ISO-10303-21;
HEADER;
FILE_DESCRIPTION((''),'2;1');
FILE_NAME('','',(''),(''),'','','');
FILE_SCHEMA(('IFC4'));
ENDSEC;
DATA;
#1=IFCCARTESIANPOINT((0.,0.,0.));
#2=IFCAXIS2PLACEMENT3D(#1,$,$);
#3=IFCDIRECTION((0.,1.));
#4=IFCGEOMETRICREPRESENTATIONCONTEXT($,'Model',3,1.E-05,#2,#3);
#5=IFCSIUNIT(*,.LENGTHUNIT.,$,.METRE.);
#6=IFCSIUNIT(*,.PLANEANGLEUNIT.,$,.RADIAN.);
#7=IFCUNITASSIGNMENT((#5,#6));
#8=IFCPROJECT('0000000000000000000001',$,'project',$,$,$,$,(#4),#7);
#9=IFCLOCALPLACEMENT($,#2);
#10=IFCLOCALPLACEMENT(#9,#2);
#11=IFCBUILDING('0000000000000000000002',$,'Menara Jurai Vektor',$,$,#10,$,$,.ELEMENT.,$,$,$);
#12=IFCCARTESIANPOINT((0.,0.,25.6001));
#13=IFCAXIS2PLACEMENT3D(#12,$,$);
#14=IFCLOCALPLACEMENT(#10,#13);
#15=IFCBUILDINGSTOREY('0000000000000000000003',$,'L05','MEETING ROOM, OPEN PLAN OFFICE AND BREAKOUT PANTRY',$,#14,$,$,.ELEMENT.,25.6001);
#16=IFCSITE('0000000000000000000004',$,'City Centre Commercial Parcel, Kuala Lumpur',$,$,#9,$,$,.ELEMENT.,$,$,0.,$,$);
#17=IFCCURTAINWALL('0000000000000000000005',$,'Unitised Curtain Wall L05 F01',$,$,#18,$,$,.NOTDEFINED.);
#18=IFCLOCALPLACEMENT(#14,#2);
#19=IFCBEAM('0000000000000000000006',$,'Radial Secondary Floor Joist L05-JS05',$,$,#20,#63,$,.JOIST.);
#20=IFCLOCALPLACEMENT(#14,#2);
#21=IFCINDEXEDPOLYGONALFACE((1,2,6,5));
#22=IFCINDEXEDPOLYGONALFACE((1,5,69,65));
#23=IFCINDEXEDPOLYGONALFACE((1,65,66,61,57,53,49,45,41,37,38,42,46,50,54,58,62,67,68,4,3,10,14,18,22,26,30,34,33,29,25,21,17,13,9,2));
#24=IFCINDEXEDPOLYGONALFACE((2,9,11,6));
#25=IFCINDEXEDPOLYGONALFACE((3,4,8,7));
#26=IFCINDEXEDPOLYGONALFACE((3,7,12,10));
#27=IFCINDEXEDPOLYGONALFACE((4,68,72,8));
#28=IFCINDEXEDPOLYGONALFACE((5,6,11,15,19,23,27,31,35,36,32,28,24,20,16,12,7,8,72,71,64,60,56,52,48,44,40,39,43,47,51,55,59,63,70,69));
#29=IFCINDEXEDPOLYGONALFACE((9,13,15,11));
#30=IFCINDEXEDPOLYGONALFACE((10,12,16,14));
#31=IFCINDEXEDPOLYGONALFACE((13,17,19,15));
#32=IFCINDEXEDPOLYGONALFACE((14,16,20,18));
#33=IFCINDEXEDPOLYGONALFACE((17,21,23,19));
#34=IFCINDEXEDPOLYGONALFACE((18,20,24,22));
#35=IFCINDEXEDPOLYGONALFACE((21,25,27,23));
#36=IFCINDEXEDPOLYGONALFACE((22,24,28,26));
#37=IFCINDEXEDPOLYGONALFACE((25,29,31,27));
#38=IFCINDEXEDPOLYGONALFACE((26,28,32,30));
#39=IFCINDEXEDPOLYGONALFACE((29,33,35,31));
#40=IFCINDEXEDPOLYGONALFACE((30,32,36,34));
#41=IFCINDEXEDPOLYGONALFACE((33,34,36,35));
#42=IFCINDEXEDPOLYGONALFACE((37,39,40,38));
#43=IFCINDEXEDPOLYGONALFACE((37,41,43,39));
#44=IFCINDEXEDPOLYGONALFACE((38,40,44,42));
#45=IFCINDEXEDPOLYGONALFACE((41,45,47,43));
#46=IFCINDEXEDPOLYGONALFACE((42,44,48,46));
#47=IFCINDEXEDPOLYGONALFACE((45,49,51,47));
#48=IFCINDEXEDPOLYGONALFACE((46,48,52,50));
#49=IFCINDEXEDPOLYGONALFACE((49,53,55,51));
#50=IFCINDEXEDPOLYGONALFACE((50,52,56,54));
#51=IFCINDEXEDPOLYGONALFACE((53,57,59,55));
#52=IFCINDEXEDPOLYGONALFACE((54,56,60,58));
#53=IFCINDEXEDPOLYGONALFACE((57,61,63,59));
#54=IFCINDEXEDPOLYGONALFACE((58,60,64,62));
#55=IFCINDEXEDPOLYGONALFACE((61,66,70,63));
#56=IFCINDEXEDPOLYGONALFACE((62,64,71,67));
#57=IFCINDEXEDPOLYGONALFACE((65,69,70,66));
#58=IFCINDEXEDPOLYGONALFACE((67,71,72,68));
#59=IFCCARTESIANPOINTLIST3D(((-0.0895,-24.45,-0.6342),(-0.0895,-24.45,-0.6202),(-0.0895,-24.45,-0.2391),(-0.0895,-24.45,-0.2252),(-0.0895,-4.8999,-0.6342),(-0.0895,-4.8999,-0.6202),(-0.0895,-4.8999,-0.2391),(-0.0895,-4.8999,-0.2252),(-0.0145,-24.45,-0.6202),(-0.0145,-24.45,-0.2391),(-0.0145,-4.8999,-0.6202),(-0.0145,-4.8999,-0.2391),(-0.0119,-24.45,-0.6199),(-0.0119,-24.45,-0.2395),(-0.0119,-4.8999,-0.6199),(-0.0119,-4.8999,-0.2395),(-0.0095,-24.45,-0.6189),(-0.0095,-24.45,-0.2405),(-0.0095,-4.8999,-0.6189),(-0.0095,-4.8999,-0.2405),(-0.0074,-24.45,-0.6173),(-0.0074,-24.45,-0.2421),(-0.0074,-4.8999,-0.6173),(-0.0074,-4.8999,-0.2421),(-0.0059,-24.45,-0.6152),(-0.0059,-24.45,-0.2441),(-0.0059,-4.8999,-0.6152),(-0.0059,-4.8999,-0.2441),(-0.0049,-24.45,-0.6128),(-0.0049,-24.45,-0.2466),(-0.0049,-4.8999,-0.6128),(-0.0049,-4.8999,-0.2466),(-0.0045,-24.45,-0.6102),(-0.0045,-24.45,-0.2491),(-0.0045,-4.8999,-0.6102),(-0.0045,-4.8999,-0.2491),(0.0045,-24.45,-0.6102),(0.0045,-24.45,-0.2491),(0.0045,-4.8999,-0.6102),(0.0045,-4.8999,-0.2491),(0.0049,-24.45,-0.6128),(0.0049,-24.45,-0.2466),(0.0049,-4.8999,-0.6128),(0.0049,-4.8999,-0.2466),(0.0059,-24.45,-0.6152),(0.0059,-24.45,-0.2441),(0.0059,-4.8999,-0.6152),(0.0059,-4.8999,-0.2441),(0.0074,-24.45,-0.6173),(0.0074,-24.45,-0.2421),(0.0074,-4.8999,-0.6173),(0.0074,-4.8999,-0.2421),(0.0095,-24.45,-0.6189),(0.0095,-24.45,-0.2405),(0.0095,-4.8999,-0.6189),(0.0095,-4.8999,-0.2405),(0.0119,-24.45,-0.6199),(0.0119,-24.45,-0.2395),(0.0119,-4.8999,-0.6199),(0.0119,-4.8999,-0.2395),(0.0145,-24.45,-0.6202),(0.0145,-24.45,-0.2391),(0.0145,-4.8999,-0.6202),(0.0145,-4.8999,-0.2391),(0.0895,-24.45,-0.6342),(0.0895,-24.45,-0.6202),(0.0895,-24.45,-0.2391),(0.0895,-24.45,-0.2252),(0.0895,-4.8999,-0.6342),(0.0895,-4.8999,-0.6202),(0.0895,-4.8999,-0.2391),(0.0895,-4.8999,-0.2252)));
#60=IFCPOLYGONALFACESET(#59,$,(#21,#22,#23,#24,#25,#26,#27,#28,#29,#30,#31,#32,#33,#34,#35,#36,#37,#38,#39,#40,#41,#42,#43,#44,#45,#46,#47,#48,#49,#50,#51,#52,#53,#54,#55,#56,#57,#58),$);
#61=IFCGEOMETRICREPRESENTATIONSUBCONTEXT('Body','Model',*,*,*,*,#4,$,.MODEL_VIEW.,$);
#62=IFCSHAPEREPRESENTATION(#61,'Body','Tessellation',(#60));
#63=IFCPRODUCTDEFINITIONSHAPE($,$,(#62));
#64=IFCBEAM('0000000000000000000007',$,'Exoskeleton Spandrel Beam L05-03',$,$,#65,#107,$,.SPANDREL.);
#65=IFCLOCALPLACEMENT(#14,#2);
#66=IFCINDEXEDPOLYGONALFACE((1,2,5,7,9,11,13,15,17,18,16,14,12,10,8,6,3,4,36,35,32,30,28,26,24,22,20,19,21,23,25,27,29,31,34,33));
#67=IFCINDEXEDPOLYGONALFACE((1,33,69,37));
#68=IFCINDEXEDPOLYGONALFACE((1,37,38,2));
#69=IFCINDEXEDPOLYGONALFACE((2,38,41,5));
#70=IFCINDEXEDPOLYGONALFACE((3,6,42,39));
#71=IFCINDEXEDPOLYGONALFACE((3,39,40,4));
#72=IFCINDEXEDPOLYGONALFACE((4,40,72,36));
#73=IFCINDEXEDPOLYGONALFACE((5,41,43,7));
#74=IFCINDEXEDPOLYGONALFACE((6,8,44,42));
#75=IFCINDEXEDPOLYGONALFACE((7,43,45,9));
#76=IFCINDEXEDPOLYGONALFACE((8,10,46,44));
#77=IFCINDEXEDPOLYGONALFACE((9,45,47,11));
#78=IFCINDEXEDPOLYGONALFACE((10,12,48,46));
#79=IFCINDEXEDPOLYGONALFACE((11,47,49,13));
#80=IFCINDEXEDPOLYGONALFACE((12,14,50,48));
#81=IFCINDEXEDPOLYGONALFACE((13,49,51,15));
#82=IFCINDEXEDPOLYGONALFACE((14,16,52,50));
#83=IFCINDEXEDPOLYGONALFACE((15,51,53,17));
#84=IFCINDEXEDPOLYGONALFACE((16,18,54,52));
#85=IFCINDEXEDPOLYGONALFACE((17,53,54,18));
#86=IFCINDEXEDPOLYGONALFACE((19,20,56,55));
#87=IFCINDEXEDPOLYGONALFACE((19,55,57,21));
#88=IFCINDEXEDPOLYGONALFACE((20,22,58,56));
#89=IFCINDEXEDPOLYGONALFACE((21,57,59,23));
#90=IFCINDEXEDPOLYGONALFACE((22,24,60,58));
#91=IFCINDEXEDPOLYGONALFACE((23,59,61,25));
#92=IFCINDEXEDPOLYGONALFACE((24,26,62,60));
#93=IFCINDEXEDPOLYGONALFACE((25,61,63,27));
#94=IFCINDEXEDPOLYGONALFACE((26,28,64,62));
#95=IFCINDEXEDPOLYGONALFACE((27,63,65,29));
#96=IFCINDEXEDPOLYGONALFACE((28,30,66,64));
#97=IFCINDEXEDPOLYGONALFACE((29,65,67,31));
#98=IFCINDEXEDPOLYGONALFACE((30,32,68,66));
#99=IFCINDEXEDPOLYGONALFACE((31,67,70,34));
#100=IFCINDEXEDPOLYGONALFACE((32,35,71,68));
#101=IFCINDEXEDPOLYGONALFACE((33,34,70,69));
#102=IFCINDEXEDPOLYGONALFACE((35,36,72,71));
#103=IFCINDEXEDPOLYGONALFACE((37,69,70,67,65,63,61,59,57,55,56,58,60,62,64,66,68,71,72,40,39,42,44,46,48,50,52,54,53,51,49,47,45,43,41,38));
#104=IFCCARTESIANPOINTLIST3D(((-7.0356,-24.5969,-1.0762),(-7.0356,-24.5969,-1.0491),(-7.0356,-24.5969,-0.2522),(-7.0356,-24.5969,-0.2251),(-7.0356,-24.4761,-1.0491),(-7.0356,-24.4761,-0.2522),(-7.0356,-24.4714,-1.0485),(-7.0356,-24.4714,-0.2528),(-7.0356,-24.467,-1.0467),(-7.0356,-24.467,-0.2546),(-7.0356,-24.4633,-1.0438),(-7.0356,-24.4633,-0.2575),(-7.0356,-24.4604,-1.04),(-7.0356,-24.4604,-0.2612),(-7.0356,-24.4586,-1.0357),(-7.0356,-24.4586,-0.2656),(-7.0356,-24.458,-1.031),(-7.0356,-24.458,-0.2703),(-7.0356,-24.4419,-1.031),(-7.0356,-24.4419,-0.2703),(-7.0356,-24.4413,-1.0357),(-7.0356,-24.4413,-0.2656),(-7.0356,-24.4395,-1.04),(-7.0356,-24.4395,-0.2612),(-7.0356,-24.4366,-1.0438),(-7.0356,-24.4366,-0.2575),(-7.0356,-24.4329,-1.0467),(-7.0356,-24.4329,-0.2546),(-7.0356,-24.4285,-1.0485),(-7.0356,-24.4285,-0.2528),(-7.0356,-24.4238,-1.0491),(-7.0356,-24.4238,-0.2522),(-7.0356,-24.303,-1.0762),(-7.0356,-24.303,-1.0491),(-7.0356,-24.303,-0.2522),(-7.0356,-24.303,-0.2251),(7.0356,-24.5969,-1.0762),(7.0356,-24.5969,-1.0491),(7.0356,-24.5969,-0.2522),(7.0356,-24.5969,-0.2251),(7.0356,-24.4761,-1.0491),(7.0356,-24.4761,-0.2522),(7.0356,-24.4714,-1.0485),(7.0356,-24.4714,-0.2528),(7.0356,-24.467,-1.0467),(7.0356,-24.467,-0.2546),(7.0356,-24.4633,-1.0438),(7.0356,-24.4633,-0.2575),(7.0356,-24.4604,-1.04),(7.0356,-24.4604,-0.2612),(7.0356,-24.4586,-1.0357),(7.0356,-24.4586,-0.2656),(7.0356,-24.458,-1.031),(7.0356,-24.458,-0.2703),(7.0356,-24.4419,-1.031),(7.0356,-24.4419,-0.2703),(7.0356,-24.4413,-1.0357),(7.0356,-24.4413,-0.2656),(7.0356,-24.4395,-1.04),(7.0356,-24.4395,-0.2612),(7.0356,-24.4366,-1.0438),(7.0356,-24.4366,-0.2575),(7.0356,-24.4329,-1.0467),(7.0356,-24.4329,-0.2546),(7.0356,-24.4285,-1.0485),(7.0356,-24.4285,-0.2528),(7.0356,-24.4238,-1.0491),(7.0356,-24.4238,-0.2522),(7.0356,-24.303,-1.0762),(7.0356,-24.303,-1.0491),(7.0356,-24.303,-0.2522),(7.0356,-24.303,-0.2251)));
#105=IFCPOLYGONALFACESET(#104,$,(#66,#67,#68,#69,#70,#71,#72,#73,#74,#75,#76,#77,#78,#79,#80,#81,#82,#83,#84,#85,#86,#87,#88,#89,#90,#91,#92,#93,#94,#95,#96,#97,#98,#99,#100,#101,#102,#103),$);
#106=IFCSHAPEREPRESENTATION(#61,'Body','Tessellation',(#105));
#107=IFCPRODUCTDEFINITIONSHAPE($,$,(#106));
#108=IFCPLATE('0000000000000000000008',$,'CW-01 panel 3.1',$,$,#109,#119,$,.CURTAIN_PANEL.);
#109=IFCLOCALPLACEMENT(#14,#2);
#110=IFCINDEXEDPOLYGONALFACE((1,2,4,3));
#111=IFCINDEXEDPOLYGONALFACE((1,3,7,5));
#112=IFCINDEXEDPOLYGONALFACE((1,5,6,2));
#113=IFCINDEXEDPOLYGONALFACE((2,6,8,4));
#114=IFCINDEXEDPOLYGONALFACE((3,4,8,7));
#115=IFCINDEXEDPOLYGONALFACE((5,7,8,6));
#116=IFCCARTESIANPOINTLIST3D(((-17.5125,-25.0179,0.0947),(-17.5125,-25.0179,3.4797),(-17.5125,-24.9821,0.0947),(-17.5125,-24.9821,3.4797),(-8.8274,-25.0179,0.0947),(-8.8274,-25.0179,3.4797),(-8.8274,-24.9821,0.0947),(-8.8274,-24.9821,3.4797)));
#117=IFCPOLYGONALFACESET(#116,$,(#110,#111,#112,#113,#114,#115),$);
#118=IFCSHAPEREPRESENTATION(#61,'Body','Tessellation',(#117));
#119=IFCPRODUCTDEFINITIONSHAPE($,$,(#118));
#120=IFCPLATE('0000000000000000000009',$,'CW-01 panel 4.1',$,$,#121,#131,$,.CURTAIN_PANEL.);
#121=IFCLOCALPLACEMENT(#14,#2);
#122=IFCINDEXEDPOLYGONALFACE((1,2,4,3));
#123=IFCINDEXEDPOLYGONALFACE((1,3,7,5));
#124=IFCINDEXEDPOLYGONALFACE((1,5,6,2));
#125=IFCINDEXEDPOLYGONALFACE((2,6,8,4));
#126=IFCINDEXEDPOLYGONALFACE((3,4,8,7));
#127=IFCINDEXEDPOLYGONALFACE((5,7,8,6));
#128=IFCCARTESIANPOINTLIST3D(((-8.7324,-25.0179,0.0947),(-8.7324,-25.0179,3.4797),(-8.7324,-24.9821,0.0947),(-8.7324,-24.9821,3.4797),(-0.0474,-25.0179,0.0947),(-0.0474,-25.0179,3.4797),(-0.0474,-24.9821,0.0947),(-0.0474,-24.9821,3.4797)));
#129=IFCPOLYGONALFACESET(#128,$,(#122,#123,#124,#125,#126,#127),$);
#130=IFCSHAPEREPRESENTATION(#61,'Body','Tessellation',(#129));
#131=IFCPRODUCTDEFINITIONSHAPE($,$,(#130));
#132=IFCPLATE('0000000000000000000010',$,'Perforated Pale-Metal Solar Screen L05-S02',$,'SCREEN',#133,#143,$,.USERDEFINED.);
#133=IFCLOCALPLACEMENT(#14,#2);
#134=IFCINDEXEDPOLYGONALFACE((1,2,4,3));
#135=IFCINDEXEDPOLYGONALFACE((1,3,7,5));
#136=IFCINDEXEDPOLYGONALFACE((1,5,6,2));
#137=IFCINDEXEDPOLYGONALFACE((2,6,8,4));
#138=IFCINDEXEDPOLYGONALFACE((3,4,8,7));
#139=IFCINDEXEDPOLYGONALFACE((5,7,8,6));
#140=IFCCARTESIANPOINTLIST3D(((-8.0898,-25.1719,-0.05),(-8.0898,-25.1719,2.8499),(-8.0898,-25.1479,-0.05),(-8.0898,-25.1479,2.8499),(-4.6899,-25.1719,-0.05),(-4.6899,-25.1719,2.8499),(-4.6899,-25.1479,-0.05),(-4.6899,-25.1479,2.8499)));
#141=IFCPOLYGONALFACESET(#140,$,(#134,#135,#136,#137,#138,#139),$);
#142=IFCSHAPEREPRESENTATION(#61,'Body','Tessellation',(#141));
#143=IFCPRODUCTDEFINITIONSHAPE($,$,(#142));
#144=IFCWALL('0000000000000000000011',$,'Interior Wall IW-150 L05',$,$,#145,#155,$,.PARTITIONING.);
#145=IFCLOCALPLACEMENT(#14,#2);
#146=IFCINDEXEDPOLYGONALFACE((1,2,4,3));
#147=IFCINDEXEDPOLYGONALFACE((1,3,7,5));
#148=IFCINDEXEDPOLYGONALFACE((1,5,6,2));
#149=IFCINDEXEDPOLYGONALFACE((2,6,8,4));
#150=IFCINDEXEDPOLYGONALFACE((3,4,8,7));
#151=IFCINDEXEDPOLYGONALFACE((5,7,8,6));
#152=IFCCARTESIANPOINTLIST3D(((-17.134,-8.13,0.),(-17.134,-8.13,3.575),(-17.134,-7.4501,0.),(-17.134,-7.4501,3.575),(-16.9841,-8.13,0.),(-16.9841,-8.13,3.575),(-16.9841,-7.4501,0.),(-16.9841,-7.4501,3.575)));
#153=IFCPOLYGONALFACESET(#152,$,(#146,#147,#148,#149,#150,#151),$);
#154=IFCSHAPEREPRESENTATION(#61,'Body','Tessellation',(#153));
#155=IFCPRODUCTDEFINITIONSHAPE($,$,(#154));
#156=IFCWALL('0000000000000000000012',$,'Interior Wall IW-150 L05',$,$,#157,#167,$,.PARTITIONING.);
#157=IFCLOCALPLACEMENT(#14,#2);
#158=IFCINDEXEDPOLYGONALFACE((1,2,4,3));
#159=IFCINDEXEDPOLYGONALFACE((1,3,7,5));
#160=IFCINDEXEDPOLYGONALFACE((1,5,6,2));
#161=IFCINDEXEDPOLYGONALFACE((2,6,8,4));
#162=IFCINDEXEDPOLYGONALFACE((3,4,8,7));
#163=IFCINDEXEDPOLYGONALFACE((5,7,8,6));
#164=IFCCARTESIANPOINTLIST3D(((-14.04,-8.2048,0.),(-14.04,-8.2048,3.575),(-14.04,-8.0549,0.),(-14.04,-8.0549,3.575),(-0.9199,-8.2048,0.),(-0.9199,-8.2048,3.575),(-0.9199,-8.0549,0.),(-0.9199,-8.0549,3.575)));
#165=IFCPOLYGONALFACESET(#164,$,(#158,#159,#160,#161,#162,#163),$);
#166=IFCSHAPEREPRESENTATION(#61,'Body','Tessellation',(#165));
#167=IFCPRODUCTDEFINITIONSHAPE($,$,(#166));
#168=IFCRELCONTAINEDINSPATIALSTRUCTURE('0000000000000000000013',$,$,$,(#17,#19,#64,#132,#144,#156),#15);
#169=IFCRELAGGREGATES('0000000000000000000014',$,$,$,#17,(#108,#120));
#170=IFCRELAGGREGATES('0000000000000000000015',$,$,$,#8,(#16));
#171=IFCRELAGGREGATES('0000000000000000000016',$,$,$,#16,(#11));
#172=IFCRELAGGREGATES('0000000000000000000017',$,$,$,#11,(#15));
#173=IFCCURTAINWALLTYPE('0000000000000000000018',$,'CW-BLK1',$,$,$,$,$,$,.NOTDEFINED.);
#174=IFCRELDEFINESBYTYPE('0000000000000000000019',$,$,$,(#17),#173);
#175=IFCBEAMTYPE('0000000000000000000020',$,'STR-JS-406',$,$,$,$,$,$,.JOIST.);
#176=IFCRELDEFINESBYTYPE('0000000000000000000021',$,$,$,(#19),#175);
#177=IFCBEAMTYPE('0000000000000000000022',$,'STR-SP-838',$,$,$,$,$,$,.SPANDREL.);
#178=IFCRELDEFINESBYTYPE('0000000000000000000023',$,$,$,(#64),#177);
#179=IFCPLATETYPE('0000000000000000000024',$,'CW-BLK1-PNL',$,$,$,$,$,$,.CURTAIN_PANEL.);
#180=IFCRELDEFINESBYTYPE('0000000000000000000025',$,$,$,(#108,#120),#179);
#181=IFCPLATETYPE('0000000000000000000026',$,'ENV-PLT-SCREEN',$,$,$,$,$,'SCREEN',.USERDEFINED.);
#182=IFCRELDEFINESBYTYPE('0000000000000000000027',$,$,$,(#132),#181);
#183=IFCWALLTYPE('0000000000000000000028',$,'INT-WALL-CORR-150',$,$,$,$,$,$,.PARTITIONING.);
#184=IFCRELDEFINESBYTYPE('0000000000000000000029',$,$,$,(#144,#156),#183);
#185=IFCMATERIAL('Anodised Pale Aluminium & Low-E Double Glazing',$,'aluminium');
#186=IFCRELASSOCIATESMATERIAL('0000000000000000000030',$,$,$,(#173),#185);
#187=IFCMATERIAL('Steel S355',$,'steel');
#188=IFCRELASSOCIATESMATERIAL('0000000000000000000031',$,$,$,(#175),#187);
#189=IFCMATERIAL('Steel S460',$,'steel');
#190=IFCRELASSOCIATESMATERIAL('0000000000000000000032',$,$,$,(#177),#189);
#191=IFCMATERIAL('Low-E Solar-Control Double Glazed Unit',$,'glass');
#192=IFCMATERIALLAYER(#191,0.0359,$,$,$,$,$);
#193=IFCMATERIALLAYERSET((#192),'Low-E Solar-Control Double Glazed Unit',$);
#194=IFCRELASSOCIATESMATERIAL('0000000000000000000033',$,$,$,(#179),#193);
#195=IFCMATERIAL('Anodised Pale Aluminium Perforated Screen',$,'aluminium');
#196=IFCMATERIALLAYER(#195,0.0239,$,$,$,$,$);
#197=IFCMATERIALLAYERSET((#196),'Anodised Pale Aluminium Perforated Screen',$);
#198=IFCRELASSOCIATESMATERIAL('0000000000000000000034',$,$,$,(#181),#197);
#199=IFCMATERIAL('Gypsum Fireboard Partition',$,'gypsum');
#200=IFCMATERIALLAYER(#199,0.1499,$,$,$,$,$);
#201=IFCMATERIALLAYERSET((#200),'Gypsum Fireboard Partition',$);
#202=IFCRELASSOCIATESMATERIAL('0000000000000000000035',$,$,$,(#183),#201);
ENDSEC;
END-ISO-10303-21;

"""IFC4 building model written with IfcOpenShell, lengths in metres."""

from ifc_helpers import new_model, si_unit, direction, frame, frame_2d, origin, origin_2d, place, context, subcontext, project, spatial, rectangle, i_section, extrude, material, layer, layer_set, material_profile, profile_set, type_object, element, aggregate, save


model = new_model("IFC4")

# Units and contexts
model_context = context("Model", 3, precision=1e-05, world=origin(), true_north=direction((0.0, 1.0)))
body_context = subcontext(model_context, "Body", "Model", "MODEL_VIEW")
ifc_project = project(units=[si_unit("LENGTHUNIT", "METRE"), si_unit("PLANEANGLEUNIT", "RADIAN")], contexts=[model_context])

# Site, building, storey
site_placement = place(None, origin())
site = spatial("IfcSite", under=ifc_project, at=site_placement, Name="City Centre Commercial Parcel, Kuala Lumpur", CompositionType="ELEMENT", RefElevation=0.0)
building_placement = place(site_placement, origin())
building = spatial("IfcBuilding", under=site, at=building_placement, Name="Menara Jurai Vektor", CompositionType="ELEMENT")
storey_placement = place(building_placement, frame((0.0, 0.0, 25.6001)))
storey = spatial("IfcBuildingStorey", under=building, at=storey_placement, Name="L05", Description="MEETING ROOM, OPEN PLAN OFFICE AND BREAKOUT PANTRY", CompositionType="ELEMENT", Elevation=25.6001)

# Shared definitions
ifc_material_1 = material(Name="Steel S460", Category="steel")

# Curtain wall
ifc_material_2 = material(Name="Anodised Pale Aluminium & Low-E Double Glazing", Category="aluminium")
curtain_wall_type = type_object("IfcCurtainWallType", Name="CW-BLK1", PredefinedType="NOTDEFINED", material=ifc_material_2)
curtain_wall_placement = place(storey_placement, origin())
curtain_wall = element("IfcCurtainWall", 1, at=curtain_wall_placement, inside=storey, type_object=curtain_wall_type, Name="Unitised Curtain Wall L05 F01", PredefinedType="NOTDEFINED")

# Beams
ifc_material_3 = material(Name="Steel S355", Category="steel")
ifc_material_profile_1 = material_profile(ifc_material_3, i_section(OverallWidth=0.179, OverallDepth=0.4089, WebThickness=0.009, FlangeThickness=0.0139, FilletRadius=0.01, at=origin_2d()), Name="UKB 406x178x67")
ifc_profile_set_1 = profile_set([ifc_material_profile_1], Name="Steel S355")
beam_type_1 = type_object("IfcBeamType", Name="STR-JS-406", PredefinedType="JOIST", material=ifc_profile_set_1)
beam_1_placement = place(storey_placement, frame((0.0, -24.45, -0.4297), z_axis=(0.0, 1.0, 0.0), x_axis=(-1.0, 0.0, 0.0)))
element("IfcBeam", 2, at=beam_1_placement, inside=storey, type_object=beam_type_1, Name="Radial Secondary Floor Joist L05-JS05", PredefinedType="JOIST", context=body_context, shape_type="SweptSolid", body=[
    extrude(i_section(OverallWidth=0.179, OverallDepth=0.4089, WebThickness=0.009, FlangeThickness=0.0139, FilletRadius=0.01, at=origin_2d()), origin(), (0.0, 0.0, 1.0), 19.55),
])
ifc_material_profile_2 = material_profile(ifc_material_1, i_section(OverallWidth=0.2939, OverallDepth=0.8511, WebThickness=0.0161, FlangeThickness=0.0271, FilletRadius=0.0181, at=origin_2d()), Name="UKB 838x292x226")
ifc_profile_set_2 = profile_set([ifc_material_profile_2], Name="Steel S460")
beam_type_2 = type_object("IfcBeamType", Name="STR-SP-838", PredefinedType="SPANDREL", material=ifc_profile_set_2)
beam_2_placement = place(storey_placement, frame((-7.0356, -24.45, -0.6506), z_axis=(1.0, 0.0, 0.0), x_axis=(0.0, 1.0, 0.0)))
element("IfcBeam", 3, at=beam_2_placement, inside=storey, type_object=beam_type_2, Name="Exoskeleton Spandrel Beam L05-03", PredefinedType="SPANDREL", context=body_context, shape_type="SweptSolid", body=[
    extrude(i_section(OverallWidth=0.2939, OverallDepth=0.8511, WebThickness=0.0161, FlangeThickness=0.0271, FilletRadius=0.0181, at=origin_2d()), origin(), (0.0, 0.0, 1.0), 14.0713),
])

# Plates
ifc_material_4 = material(Name="Low-E Solar-Control Double Glazed Unit", Category="glass")
ifc_layer_1 = layer(ifc_material_4, 0.0359)
ifc_layer_set_1 = layer_set([ifc_layer_1], Name="Low-E Solar-Control Double Glazed Unit")
plate_type_1 = type_object("IfcPlateType", Name="CW-BLK1-PNL", PredefinedType="CURTAIN_PANEL", material=ifc_layer_set_1)
plate_1_placement = place(storey_placement, frame((-13.1699, -25.0, 0.0947), z_axis=(0.0, 0.0, 1.0), x_axis=(1.0, 0.0, 0.0)))
plate_1 = element("IfcPlate", 4, at=plate_1_placement, type_object=plate_type_1, Name="CW-01 panel 3.1", PredefinedType="CURTAIN_PANEL", context=body_context, shape_type="SweptSolid", body=[
    extrude(rectangle(XDim=8.6851, YDim=0.0359, at=origin_2d()), origin(), (0.0, 0.0, 1.0), 3.385),
])
plate_2_placement = place(storey_placement, frame((-4.3899, -25.0, 0.0947), z_axis=(0.0, 0.0, 1.0), x_axis=(1.0, 0.0, 0.0)))
plate_2 = element("IfcPlate", 5, at=plate_2_placement, type_object=plate_type_1, Name="CW-01 panel 4.1", PredefinedType="CURTAIN_PANEL", context=body_context, shape_type="SweptSolid", body=[
    extrude(rectangle(XDim=8.6851, YDim=0.0359, at=origin_2d()), origin(), (0.0, 0.0, 1.0), 3.385),
])
aggregate(curtain_wall, [plate_1, plate_2])
ifc_material_5 = material(Name="Anodised Pale Aluminium Perforated Screen", Category="aluminium")
ifc_layer_2 = layer(ifc_material_5, 0.0239)
ifc_layer_set_2 = layer_set([ifc_layer_2], Name="Anodised Pale Aluminium Perforated Screen")
plate_type_2 = type_object("IfcPlateType", Name="ENV-PLT-SCREEN", ElementType="SCREEN", PredefinedType="USERDEFINED", material=ifc_layer_set_2)
plate_3_placement = place(storey_placement, frame((-6.3899, -25.1599, -0.05), z_axis=(0.0, 0.0, 1.0), x_axis=(1.0, 0.0, 0.0)))
element("IfcPlate", 6, at=plate_3_placement, inside=storey, type_object=plate_type_2, Name="Perforated Pale-Metal Solar Screen L05-S02", ObjectType="SCREEN", PredefinedType="USERDEFINED", context=body_context, shape_type="SweptSolid", body=[
    extrude(rectangle(XDim=3.3999, YDim=0.0239, at=origin_2d()), origin(), (0.0, 0.0, 1.0), 2.8999),
])

# Wall
ifc_material_6 = material(Name="Gypsum Fireboard Partition", Category="gypsum")
ifc_layer_3 = layer(ifc_material_6, 0.1499)
ifc_layer_set_3 = layer_set([ifc_layer_3], Name="Gypsum Fireboard Partition")
wall_type_1 = type_object("IfcWallType", Name="INT-WALL-CORR-150", PredefinedType="PARTITIONING", material=ifc_layer_set_3)
wall_1_placement = place(storey_placement, frame((-17.0591, -8.1299, 0.0), z_axis=(0.0, 0.0, 1.0), x_axis=(0.0, 1.0, 0.0)))
element("IfcWall", 7, at=wall_1_placement, inside=storey, type_object=wall_type_1, Name="Interior Wall IW-150 L05", PredefinedType="PARTITIONING", context=body_context, shape_type="SweptSolid", body=[
    extrude(rectangle(XDim=0.6799, YDim=0.1499, at=frame_2d((0.3398, 0.0))), origin(), (0.0, 0.0, 1.0), 3.575),
])

# Wall
wall_2_placement = place(storey_placement, frame((-14.04, -8.1299, 0.0), z_axis=(0.0, 0.0, 1.0), x_axis=(1.0, 0.0, 0.0)))
element("IfcWall", 8, at=wall_2_placement, inside=storey, type_object=wall_type_1, Name="Interior Wall IW-150 L05", PredefinedType="PARTITIONING", context=body_context, shape_type="SweptSolid", body=[
    extrude(rectangle(XDim=13.1201, YDim=0.1499, at=frame_2d((6.5601, 0.0))), origin(), (0.0, 0.0, 1.0), 3.575),
])

save(model, "model.ifc")
